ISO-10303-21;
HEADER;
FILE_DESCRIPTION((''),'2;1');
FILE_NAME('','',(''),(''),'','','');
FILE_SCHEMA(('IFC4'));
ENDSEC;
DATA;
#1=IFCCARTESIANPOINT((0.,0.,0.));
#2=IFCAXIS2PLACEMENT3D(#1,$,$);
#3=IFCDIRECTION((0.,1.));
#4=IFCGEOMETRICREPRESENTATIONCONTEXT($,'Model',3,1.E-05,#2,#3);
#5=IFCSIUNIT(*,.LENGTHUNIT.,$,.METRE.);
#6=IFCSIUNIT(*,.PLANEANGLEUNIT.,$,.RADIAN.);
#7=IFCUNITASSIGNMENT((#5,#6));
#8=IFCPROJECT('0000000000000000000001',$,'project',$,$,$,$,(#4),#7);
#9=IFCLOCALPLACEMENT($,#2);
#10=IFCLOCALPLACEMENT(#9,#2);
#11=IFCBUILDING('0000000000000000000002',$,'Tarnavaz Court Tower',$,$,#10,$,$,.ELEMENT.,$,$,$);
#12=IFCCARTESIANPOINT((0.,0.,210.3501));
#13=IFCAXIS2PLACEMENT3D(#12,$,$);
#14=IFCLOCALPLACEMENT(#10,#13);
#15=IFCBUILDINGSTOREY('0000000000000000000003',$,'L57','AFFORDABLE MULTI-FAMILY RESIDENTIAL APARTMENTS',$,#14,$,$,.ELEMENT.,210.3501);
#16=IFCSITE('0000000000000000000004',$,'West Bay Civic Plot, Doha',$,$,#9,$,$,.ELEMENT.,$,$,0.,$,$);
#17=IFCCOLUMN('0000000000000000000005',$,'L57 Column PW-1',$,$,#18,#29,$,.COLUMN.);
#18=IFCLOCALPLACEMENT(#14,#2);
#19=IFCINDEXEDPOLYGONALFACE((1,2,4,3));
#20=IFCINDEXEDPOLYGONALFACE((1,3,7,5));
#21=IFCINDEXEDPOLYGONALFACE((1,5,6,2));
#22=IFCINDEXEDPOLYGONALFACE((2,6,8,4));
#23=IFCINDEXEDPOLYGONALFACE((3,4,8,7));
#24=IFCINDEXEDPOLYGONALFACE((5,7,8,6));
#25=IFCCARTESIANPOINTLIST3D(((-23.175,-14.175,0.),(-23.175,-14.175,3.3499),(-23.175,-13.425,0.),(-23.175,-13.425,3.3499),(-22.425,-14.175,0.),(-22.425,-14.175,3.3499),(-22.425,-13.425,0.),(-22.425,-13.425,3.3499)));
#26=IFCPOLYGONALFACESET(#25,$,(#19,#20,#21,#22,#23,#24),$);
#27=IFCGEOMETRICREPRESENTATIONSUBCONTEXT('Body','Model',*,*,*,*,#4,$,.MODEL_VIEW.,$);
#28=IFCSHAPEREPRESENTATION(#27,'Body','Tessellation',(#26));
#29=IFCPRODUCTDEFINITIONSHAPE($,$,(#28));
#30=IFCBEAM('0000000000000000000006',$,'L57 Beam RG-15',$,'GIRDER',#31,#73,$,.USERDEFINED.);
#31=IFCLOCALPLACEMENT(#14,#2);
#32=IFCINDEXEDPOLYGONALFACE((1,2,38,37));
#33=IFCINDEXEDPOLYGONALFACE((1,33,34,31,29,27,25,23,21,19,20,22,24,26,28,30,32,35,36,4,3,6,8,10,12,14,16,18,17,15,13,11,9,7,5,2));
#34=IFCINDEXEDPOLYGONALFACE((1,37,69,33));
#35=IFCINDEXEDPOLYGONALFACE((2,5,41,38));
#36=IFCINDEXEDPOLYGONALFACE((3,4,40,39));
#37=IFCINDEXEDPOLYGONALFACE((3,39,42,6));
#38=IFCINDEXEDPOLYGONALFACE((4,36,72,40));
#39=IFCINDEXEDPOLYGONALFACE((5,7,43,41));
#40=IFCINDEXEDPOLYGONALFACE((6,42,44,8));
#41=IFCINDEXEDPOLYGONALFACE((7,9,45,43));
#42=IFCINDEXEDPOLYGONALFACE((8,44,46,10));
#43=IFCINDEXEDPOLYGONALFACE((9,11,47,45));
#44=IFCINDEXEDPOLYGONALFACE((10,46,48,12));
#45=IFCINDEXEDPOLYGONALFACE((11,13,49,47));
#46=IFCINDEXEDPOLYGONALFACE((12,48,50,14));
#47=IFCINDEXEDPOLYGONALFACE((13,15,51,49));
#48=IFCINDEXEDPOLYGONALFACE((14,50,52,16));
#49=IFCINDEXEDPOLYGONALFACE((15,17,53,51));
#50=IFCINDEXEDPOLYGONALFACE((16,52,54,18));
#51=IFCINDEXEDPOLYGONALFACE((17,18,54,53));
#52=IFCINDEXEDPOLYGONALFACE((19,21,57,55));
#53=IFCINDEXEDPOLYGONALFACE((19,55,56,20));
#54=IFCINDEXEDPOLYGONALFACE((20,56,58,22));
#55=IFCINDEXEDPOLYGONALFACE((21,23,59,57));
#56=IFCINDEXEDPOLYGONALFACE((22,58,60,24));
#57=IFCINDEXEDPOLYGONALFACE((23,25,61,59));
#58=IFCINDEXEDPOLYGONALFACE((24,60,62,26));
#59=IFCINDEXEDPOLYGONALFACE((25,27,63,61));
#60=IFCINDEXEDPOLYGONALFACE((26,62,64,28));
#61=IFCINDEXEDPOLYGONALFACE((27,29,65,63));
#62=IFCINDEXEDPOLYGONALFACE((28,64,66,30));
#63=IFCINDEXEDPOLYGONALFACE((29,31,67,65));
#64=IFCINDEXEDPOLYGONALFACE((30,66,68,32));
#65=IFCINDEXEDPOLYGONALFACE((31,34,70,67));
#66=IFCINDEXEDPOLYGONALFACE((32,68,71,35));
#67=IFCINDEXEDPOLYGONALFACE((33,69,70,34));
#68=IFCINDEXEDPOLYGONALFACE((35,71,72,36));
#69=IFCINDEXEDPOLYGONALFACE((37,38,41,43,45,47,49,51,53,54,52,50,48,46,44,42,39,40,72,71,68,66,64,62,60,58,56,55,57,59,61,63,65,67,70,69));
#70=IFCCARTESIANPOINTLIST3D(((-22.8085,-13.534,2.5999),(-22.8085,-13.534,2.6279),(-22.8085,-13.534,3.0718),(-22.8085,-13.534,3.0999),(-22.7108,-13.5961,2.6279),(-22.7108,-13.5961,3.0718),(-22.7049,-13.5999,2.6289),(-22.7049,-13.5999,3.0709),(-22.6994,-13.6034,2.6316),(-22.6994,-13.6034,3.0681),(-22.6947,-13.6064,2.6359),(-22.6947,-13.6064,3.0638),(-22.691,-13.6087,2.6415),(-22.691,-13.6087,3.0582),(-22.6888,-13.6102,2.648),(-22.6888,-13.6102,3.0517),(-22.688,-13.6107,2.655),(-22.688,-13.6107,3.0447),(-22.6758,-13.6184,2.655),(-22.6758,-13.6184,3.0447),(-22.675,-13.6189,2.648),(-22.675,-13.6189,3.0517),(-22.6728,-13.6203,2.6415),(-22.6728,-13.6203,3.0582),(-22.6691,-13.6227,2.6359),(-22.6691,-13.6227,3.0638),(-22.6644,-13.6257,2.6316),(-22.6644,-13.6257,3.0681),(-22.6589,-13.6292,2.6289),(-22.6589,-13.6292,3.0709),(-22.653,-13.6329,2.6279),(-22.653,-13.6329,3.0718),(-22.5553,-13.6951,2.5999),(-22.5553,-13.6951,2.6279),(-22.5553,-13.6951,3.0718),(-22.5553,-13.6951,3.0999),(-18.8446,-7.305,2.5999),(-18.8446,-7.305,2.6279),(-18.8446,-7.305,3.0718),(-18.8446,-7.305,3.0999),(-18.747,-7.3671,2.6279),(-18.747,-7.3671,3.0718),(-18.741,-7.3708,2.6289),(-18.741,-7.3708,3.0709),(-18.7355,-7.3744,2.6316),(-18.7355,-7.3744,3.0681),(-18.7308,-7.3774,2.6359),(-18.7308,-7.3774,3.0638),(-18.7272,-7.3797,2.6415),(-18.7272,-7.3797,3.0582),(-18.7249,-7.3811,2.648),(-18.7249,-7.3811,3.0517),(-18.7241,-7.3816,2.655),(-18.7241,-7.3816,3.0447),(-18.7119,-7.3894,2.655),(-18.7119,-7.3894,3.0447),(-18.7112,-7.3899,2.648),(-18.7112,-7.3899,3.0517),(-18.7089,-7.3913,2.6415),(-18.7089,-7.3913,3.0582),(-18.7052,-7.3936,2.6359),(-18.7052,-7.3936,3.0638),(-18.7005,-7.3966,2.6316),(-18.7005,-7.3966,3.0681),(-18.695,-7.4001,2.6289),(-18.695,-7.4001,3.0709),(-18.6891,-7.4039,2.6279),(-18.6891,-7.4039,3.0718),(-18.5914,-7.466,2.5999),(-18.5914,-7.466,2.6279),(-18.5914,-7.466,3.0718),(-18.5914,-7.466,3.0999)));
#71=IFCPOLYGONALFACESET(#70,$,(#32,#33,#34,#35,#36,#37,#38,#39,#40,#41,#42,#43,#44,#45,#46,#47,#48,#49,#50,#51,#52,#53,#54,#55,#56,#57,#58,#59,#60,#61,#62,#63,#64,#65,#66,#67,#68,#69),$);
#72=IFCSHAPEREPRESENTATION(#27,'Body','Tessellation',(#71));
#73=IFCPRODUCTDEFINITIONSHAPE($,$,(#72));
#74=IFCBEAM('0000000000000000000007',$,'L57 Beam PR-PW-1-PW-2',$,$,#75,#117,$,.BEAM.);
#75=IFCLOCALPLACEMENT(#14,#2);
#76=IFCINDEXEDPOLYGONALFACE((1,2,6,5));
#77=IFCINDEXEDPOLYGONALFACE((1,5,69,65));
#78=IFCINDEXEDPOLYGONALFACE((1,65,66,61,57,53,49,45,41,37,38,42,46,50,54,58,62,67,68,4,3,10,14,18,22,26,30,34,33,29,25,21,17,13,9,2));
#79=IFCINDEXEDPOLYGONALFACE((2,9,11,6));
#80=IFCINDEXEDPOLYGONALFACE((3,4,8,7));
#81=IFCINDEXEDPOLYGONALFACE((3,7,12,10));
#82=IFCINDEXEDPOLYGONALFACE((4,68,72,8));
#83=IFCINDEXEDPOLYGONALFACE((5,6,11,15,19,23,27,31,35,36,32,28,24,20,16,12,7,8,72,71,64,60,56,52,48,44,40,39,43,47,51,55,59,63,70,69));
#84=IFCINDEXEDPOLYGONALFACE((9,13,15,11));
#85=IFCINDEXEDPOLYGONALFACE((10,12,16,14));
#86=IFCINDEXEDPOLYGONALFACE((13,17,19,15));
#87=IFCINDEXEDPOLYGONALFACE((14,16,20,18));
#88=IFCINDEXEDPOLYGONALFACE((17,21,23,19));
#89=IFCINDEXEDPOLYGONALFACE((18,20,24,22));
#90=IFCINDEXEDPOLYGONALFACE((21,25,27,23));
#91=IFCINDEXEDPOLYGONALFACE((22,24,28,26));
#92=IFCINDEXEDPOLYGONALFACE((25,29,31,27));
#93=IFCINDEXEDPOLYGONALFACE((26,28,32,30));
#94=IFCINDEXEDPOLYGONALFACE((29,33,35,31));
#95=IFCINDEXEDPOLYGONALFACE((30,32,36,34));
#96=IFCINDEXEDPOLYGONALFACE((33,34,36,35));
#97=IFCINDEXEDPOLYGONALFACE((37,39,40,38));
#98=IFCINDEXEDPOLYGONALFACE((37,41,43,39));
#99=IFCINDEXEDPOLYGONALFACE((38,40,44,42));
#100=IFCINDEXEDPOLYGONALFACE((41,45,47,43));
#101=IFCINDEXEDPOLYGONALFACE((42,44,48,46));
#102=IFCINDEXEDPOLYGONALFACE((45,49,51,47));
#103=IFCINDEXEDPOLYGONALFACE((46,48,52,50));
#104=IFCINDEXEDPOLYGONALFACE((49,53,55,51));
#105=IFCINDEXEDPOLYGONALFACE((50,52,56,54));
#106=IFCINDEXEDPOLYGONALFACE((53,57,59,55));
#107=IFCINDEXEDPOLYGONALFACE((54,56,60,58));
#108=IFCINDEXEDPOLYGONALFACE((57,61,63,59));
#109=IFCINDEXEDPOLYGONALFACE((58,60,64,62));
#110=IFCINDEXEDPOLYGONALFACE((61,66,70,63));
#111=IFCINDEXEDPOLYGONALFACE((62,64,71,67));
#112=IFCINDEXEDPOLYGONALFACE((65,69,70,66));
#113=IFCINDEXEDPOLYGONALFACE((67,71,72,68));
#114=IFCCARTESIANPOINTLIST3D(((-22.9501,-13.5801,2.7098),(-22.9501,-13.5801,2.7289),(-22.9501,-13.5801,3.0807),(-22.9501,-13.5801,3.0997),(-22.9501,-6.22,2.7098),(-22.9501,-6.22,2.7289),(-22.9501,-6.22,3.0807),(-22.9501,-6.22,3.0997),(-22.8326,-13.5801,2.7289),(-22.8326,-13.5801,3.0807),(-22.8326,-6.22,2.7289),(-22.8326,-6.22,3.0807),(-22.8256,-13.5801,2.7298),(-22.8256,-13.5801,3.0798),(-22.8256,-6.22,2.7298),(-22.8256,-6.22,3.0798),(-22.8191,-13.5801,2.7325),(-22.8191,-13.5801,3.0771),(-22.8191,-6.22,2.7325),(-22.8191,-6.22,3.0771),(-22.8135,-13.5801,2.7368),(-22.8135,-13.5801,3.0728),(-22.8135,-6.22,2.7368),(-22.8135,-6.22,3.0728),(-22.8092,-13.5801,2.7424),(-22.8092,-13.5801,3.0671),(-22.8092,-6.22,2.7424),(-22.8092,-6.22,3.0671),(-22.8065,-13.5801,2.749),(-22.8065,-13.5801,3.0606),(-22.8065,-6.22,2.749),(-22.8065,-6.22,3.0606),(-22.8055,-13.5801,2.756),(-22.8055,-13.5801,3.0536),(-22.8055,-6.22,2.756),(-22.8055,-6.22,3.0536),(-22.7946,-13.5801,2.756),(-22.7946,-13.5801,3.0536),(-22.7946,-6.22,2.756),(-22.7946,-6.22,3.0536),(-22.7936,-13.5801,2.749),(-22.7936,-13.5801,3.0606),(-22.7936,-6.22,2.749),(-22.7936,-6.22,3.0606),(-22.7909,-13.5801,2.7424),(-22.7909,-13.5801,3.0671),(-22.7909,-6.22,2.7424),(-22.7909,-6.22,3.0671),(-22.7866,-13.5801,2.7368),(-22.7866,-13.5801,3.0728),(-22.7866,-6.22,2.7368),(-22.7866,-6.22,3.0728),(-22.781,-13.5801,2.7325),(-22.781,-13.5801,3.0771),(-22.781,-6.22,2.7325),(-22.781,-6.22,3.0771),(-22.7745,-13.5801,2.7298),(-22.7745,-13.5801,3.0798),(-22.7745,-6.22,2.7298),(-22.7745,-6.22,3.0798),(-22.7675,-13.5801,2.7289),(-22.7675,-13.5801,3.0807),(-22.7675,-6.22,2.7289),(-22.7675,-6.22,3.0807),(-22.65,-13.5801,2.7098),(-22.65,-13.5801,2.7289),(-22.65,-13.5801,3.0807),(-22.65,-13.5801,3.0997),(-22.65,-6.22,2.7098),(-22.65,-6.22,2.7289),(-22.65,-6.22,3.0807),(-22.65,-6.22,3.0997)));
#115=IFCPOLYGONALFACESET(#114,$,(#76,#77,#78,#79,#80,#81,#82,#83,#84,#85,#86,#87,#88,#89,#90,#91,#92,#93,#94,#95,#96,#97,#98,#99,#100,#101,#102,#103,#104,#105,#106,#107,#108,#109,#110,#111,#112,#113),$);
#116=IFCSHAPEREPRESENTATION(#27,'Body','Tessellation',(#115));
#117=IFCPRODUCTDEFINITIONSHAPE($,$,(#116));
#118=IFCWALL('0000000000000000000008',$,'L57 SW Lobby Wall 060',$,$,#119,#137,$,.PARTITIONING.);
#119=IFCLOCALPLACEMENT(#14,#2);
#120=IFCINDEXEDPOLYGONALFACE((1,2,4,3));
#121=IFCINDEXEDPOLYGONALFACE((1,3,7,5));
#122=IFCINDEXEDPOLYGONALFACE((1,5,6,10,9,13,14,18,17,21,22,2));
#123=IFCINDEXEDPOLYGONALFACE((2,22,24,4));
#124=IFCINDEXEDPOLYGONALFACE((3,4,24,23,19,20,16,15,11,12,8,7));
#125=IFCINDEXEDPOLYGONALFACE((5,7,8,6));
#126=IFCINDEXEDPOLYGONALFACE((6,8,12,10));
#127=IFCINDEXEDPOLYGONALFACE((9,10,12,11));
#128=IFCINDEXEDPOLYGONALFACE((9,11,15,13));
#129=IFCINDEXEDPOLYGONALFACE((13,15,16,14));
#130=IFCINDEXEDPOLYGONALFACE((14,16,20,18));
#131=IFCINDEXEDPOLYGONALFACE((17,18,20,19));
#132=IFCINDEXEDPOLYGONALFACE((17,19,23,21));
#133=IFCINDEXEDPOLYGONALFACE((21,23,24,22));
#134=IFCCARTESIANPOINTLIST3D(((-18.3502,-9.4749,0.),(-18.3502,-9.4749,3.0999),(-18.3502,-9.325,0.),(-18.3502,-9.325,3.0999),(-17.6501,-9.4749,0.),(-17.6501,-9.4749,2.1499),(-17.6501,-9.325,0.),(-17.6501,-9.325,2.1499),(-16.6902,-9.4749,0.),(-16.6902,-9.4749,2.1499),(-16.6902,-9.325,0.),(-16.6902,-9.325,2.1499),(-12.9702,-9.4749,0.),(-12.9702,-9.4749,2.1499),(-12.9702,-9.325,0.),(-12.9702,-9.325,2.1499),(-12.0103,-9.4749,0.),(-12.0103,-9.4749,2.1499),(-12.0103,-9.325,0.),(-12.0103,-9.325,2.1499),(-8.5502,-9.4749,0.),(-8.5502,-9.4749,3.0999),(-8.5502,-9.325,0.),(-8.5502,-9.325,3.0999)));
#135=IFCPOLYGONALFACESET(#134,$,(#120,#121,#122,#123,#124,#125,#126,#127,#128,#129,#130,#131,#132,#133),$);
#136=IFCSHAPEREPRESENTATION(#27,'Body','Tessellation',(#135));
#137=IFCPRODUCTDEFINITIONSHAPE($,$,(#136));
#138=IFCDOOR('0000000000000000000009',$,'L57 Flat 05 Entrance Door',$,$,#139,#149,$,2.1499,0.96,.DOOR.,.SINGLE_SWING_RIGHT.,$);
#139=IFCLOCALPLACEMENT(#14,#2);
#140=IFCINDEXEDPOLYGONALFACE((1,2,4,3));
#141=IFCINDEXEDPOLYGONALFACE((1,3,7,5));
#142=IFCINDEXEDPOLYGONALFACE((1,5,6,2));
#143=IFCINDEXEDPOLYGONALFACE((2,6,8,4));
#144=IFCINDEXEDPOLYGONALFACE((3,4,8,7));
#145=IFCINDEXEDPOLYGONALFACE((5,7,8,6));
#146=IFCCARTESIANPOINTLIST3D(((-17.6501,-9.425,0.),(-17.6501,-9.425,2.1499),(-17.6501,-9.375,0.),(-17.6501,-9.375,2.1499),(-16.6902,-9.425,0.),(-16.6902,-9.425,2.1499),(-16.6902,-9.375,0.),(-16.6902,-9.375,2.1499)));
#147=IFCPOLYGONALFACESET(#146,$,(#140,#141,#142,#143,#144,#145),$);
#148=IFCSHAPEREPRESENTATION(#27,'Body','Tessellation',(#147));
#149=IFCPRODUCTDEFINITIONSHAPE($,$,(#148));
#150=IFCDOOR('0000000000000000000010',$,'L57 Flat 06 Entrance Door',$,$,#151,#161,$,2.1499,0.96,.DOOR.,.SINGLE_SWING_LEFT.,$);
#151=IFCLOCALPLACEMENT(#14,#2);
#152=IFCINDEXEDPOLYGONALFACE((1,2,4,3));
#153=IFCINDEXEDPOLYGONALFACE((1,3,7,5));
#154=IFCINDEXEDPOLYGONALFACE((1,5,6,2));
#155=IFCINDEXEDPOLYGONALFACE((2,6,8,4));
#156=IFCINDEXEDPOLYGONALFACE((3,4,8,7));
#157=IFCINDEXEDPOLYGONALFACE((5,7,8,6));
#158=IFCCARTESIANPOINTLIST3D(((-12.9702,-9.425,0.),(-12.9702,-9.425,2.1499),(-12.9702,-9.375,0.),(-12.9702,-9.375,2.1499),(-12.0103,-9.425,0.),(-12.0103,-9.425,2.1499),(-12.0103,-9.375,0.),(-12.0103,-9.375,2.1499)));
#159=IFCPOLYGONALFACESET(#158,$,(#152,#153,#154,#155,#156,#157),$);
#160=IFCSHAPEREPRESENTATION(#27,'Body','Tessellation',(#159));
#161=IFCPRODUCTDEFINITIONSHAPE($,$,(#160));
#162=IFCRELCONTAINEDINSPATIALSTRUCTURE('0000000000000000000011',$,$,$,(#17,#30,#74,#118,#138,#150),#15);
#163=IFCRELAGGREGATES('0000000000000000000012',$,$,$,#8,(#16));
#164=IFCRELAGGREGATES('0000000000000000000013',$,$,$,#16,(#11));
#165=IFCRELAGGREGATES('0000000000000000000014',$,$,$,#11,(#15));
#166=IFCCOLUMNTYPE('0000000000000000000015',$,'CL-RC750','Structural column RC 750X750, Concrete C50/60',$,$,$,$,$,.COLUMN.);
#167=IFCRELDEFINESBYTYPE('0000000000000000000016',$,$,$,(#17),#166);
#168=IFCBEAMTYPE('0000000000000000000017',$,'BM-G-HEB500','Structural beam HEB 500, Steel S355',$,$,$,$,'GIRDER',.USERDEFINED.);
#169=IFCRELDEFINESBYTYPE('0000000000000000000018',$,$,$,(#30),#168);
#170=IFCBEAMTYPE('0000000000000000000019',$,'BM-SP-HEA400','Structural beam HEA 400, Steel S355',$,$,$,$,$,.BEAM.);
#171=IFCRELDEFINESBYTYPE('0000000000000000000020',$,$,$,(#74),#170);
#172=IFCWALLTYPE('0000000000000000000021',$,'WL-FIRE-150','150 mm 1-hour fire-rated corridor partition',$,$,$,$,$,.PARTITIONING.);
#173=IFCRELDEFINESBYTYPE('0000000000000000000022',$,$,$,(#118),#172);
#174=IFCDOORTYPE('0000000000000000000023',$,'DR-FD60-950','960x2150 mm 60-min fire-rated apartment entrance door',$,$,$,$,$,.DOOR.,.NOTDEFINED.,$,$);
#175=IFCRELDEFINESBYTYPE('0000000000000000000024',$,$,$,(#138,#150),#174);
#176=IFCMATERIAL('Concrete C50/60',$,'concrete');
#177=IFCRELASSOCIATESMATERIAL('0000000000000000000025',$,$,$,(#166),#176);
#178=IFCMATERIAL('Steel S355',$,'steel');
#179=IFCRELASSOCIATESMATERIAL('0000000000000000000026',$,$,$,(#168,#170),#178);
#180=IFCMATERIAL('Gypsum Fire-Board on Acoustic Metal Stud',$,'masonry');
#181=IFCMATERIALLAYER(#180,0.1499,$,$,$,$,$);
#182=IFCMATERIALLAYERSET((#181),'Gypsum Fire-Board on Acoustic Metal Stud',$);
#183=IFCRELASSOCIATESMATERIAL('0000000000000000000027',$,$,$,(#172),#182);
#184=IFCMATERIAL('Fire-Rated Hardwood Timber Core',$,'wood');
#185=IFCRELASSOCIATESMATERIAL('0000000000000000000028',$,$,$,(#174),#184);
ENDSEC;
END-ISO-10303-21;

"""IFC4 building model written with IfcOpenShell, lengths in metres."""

from ifc_helpers import new_model, si_unit, direction, frame, frame_2d, origin, origin_2d, place, context, subcontext, project, spatial, rectangle, i_section, extrude, material, layer, layer_set, material_profile, profile_set, type_object, element, fill, save


model = new_model("IFC4")

# Units and contexts
model_context = context("Model", 3, precision=1e-05, world=origin(), true_north=direction((0.0, 1.0)))
body_context = subcontext(model_context, "Body", "Model", "MODEL_VIEW")
ifc_project = project(units=[si_unit("LENGTHUNIT", "METRE"), si_unit("PLANEANGLEUNIT", "RADIAN")], contexts=[model_context])

# Site, building, storey
site_placement = place(None, origin())
site = spatial("IfcSite", under=ifc_project, at=site_placement, Name="West Bay Civic Plot, Doha", CompositionType="ELEMENT", RefElevation=0.0)
building_placement = place(site_placement, origin())
building = spatial("IfcBuilding", under=site, at=building_placement, Name="Tarnavaz Court Tower", CompositionType="ELEMENT")
storey_placement = place(building_placement, frame((0.0, 0.0, 210.3501)))
storey = spatial("IfcBuildingStorey", under=building, at=storey_placement, Name="L57", Description="AFFORDABLE MULTI-FAMILY RESIDENTIAL APARTMENTS", CompositionType="ELEMENT", Elevation=210.3501)

# Column
ifc_material_1 = material(Name="Concrete C50/60", Category="concrete")
ifc_material_profile_1 = material_profile(ifc_material_1, rectangle(XDim=0.75, YDim=0.75, at=origin_2d()), Name="RC 750X750")
ifc_profile_set_1 = profile_set([ifc_material_profile_1], Name="Concrete C50/60")
column_type = type_object("IfcColumnType", Name="CL-RC750", Description="Structural column RC 750X750, Concrete C50/60", PredefinedType="COLUMN", material=ifc_profile_set_1)
column_placement = place(storey_placement, frame((-22.8, -13.8, 0.0), z_axis=(0.0, 0.0, 1.0), x_axis=(1.0, 0.0, 0.0)))
element("IfcColumn", 1, at=column_placement, inside=storey, type_object=column_type, Name="L57 Column PW-1", PredefinedType="COLUMN", context=body_context, shape_type="SweptSolid", body=[
    extrude(rectangle(XDim=0.75, YDim=0.75, at=origin_2d()), origin(), (0.0, 0.0, 1.0), 3.3499),
])

# Beams
ifc_material_2 = material(Name="Steel S355", Category="steel")
ifc_material_profile_2 = material_profile(ifc_material_2, i_section(OverallWidth=0.3, OverallDepth=0.5, WebThickness=0.0144, FlangeThickness=0.0281, FilletRadius=0.0271, at=origin_2d()), Name="HEB 500")
ifc_profile_set_2 = profile_set([ifc_material_profile_2], Name="Steel S355")
beam_type_1 = type_object("IfcBeamType", Name="BM-G-HEB500", Description="Structural beam HEB 500, Steel S355", ElementType="GIRDER", PredefinedType="USERDEFINED", material=ifc_profile_set_2)
beam_1_placement = place(storey_placement, frame((-18.718, -7.3855, 2.8499), z_axis=(-0.536871, -0.843664, 0.0), x_axis=(0.843664, -0.536871, 0.0)))
element("IfcBeam", 2, at=beam_1_placement, inside=storey, type_object=beam_type_1, Name="L57 Beam RG-15", ObjectType="GIRDER", PredefinedType="USERDEFINED", context=body_context, shape_type="SweptSolid", body=[
    extrude(i_section(OverallWidth=0.3, OverallDepth=0.5, WebThickness=0.0144, FlangeThickness=0.0281, FilletRadius=0.0271, at=origin_2d()), origin(), (0.0, 0.0, 1.0), 7.3833),
])
ifc_material_profile_3 = material_profile(ifc_material_2, i_section(OverallWidth=0.3, OverallDepth=0.3899, WebThickness=0.011, FlangeThickness=0.019, FilletRadius=0.0271, at=origin_2d()), Name="HEA 400")
ifc_profile_set_3 = profile_set([ifc_material_profile_3], Name="Steel S355")
beam_type_2 = type_object("IfcBeamType", Name="BM-SP-HEA400", Description="Structural beam HEA 400, Steel S355", PredefinedType="BEAM", material=ifc_profile_set_3)
beam_2_placement = place(storey_placement, frame((-22.8, -13.5801, 2.9048), z_axis=(0.0, 1.0, 0.0), x_axis=(-1.0, 0.0, 0.0)))
element("IfcBeam", 3, at=beam_2_placement, inside=storey, type_object=beam_type_2, Name="L57 Beam PR-PW-1-PW-2", PredefinedType="BEAM", context=body_context, shape_type="SweptSolid", body=[
    extrude(i_section(OverallWidth=0.3, OverallDepth=0.3899, WebThickness=0.011, FlangeThickness=0.019, FilletRadius=0.0271, at=origin_2d()), origin(), (0.0, 0.0, 1.0), 7.3601),
])

# Wall, openings, doors
ifc_material_3 = material(Name="Gypsum Fire-Board on Acoustic Metal Stud", Category="masonry")
ifc_layer_1 = layer(ifc_material_3, 0.1499)
ifc_layer_set_1 = layer_set([ifc_layer_1], Name="Gypsum Fire-Board on Acoustic Metal Stud")
wall_type_1 = type_object("IfcWallType", Name="WL-FIRE-150", Description="150 mm 1-hour fire-rated corridor partition", PredefinedType="PARTITIONING", material=ifc_layer_set_1)
wall_1_placement = place(storey_placement, frame((-18.3501, -9.3999, 0.0), z_axis=(0.0, 0.0, 1.0), x_axis=(1.0, 0.0, 0.0)))
wall_1 = element("IfcWall", 4, at=wall_1_placement, inside=storey, type_object=wall_type_1, Name="L57 SW Lobby Wall 060", PredefinedType="PARTITIONING", context=body_context, shape_type="SweptSolid", body=[
    extrude(rectangle(XDim=9.8, YDim=0.1499, at=frame_2d((4.8999, 0.0))), origin(), (0.0, 0.0, 1.0), 3.0999),
])
opening_1_placement = place(wall_1_placement, frame((0.7, 0.0, 0.0)))
opening_1 = element("IfcOpeningElement", 5, at=opening_1_placement, cuts=wall_1, PredefinedType="OPENING", context=body_context, shape_type="SweptSolid", body=[
    extrude(rectangle(XDim=0.96, YDim=2.1499, at=frame_2d((0.48, 1.075))), frame((0.0, 0.085, 0.0), z_axis=(0.0, -1.0, 0.0), x_axis=(1.0, 0.0, 0.0)), (0.0, 0.0, 1.0), 0.1699),
])
opening_2_placement = place(wall_1_placement, frame((5.3799, 0.0, 0.0)))
opening_2 = element("IfcOpeningElement", 6, at=opening_2_placement, cuts=wall_1, PredefinedType="OPENING", context=body_context, shape_type="SweptSolid", body=[
    extrude(rectangle(XDim=0.96, YDim=2.1499, at=frame_2d((0.48, 1.075))), frame((0.0, 0.085, 0.0), z_axis=(0.0, -1.0, 0.0), x_axis=(1.0, 0.0, 0.0)), (0.0, 0.0, 1.0), 0.1699),
])
ifc_material_4 = material(Name="Fire-Rated Hardwood Timber Core", Category="wood")
door_type_1 = type_object("IfcDoorType", Name="DR-FD60-950", Description="960x2150 mm 60-min fire-rated apartment entrance door", OperationType="NOTDEFINED", PredefinedType="DOOR", material=ifc_material_4)
door_1_placement = place(opening_1_placement, origin())
door_1 = element("IfcDoor", 7, at=door_1_placement, inside=storey, type_object=door_type_1, Name="L57 Flat 05 Entrance Door", OperationType="SINGLE_SWING_RIGHT", OverallHeight=2.1499, OverallWidth=0.96, PredefinedType="DOOR", context=body_context, shape_type="SweptSolid", body=[
    extrude(rectangle(XDim=0.96, YDim=2.1499, at=frame_2d((0.48, 1.075))), frame((0.0, 0.0249, 0.0), z_axis=(0.0, -1.0, 0.0), x_axis=(1.0, 0.0, 0.0)), (0.0, 0.0, 1.0), 0.05),
])
fill(opening_1, door_1)
door_2_placement = place(opening_2_placement, origin())
door_2 = element("IfcDoor", 8, at=door_2_placement, inside=storey, type_object=door_type_1, Name="L57 Flat 06 Entrance Door", OperationType="SINGLE_SWING_LEFT", OverallHeight=2.1499, OverallWidth=0.96, PredefinedType="DOOR", context=body_context, shape_type="SweptSolid", body=[
    extrude(rectangle(XDim=0.96, YDim=2.1499, at=frame_2d((0.48, 1.075))), frame((0.0, 0.0249, 0.0), z_axis=(0.0, -1.0, 0.0), x_axis=(1.0, 0.0, 0.0)), (0.0, 0.0, 1.0), 0.05),
])
fill(opening_2, door_2)

save(model, "model.ifc")
